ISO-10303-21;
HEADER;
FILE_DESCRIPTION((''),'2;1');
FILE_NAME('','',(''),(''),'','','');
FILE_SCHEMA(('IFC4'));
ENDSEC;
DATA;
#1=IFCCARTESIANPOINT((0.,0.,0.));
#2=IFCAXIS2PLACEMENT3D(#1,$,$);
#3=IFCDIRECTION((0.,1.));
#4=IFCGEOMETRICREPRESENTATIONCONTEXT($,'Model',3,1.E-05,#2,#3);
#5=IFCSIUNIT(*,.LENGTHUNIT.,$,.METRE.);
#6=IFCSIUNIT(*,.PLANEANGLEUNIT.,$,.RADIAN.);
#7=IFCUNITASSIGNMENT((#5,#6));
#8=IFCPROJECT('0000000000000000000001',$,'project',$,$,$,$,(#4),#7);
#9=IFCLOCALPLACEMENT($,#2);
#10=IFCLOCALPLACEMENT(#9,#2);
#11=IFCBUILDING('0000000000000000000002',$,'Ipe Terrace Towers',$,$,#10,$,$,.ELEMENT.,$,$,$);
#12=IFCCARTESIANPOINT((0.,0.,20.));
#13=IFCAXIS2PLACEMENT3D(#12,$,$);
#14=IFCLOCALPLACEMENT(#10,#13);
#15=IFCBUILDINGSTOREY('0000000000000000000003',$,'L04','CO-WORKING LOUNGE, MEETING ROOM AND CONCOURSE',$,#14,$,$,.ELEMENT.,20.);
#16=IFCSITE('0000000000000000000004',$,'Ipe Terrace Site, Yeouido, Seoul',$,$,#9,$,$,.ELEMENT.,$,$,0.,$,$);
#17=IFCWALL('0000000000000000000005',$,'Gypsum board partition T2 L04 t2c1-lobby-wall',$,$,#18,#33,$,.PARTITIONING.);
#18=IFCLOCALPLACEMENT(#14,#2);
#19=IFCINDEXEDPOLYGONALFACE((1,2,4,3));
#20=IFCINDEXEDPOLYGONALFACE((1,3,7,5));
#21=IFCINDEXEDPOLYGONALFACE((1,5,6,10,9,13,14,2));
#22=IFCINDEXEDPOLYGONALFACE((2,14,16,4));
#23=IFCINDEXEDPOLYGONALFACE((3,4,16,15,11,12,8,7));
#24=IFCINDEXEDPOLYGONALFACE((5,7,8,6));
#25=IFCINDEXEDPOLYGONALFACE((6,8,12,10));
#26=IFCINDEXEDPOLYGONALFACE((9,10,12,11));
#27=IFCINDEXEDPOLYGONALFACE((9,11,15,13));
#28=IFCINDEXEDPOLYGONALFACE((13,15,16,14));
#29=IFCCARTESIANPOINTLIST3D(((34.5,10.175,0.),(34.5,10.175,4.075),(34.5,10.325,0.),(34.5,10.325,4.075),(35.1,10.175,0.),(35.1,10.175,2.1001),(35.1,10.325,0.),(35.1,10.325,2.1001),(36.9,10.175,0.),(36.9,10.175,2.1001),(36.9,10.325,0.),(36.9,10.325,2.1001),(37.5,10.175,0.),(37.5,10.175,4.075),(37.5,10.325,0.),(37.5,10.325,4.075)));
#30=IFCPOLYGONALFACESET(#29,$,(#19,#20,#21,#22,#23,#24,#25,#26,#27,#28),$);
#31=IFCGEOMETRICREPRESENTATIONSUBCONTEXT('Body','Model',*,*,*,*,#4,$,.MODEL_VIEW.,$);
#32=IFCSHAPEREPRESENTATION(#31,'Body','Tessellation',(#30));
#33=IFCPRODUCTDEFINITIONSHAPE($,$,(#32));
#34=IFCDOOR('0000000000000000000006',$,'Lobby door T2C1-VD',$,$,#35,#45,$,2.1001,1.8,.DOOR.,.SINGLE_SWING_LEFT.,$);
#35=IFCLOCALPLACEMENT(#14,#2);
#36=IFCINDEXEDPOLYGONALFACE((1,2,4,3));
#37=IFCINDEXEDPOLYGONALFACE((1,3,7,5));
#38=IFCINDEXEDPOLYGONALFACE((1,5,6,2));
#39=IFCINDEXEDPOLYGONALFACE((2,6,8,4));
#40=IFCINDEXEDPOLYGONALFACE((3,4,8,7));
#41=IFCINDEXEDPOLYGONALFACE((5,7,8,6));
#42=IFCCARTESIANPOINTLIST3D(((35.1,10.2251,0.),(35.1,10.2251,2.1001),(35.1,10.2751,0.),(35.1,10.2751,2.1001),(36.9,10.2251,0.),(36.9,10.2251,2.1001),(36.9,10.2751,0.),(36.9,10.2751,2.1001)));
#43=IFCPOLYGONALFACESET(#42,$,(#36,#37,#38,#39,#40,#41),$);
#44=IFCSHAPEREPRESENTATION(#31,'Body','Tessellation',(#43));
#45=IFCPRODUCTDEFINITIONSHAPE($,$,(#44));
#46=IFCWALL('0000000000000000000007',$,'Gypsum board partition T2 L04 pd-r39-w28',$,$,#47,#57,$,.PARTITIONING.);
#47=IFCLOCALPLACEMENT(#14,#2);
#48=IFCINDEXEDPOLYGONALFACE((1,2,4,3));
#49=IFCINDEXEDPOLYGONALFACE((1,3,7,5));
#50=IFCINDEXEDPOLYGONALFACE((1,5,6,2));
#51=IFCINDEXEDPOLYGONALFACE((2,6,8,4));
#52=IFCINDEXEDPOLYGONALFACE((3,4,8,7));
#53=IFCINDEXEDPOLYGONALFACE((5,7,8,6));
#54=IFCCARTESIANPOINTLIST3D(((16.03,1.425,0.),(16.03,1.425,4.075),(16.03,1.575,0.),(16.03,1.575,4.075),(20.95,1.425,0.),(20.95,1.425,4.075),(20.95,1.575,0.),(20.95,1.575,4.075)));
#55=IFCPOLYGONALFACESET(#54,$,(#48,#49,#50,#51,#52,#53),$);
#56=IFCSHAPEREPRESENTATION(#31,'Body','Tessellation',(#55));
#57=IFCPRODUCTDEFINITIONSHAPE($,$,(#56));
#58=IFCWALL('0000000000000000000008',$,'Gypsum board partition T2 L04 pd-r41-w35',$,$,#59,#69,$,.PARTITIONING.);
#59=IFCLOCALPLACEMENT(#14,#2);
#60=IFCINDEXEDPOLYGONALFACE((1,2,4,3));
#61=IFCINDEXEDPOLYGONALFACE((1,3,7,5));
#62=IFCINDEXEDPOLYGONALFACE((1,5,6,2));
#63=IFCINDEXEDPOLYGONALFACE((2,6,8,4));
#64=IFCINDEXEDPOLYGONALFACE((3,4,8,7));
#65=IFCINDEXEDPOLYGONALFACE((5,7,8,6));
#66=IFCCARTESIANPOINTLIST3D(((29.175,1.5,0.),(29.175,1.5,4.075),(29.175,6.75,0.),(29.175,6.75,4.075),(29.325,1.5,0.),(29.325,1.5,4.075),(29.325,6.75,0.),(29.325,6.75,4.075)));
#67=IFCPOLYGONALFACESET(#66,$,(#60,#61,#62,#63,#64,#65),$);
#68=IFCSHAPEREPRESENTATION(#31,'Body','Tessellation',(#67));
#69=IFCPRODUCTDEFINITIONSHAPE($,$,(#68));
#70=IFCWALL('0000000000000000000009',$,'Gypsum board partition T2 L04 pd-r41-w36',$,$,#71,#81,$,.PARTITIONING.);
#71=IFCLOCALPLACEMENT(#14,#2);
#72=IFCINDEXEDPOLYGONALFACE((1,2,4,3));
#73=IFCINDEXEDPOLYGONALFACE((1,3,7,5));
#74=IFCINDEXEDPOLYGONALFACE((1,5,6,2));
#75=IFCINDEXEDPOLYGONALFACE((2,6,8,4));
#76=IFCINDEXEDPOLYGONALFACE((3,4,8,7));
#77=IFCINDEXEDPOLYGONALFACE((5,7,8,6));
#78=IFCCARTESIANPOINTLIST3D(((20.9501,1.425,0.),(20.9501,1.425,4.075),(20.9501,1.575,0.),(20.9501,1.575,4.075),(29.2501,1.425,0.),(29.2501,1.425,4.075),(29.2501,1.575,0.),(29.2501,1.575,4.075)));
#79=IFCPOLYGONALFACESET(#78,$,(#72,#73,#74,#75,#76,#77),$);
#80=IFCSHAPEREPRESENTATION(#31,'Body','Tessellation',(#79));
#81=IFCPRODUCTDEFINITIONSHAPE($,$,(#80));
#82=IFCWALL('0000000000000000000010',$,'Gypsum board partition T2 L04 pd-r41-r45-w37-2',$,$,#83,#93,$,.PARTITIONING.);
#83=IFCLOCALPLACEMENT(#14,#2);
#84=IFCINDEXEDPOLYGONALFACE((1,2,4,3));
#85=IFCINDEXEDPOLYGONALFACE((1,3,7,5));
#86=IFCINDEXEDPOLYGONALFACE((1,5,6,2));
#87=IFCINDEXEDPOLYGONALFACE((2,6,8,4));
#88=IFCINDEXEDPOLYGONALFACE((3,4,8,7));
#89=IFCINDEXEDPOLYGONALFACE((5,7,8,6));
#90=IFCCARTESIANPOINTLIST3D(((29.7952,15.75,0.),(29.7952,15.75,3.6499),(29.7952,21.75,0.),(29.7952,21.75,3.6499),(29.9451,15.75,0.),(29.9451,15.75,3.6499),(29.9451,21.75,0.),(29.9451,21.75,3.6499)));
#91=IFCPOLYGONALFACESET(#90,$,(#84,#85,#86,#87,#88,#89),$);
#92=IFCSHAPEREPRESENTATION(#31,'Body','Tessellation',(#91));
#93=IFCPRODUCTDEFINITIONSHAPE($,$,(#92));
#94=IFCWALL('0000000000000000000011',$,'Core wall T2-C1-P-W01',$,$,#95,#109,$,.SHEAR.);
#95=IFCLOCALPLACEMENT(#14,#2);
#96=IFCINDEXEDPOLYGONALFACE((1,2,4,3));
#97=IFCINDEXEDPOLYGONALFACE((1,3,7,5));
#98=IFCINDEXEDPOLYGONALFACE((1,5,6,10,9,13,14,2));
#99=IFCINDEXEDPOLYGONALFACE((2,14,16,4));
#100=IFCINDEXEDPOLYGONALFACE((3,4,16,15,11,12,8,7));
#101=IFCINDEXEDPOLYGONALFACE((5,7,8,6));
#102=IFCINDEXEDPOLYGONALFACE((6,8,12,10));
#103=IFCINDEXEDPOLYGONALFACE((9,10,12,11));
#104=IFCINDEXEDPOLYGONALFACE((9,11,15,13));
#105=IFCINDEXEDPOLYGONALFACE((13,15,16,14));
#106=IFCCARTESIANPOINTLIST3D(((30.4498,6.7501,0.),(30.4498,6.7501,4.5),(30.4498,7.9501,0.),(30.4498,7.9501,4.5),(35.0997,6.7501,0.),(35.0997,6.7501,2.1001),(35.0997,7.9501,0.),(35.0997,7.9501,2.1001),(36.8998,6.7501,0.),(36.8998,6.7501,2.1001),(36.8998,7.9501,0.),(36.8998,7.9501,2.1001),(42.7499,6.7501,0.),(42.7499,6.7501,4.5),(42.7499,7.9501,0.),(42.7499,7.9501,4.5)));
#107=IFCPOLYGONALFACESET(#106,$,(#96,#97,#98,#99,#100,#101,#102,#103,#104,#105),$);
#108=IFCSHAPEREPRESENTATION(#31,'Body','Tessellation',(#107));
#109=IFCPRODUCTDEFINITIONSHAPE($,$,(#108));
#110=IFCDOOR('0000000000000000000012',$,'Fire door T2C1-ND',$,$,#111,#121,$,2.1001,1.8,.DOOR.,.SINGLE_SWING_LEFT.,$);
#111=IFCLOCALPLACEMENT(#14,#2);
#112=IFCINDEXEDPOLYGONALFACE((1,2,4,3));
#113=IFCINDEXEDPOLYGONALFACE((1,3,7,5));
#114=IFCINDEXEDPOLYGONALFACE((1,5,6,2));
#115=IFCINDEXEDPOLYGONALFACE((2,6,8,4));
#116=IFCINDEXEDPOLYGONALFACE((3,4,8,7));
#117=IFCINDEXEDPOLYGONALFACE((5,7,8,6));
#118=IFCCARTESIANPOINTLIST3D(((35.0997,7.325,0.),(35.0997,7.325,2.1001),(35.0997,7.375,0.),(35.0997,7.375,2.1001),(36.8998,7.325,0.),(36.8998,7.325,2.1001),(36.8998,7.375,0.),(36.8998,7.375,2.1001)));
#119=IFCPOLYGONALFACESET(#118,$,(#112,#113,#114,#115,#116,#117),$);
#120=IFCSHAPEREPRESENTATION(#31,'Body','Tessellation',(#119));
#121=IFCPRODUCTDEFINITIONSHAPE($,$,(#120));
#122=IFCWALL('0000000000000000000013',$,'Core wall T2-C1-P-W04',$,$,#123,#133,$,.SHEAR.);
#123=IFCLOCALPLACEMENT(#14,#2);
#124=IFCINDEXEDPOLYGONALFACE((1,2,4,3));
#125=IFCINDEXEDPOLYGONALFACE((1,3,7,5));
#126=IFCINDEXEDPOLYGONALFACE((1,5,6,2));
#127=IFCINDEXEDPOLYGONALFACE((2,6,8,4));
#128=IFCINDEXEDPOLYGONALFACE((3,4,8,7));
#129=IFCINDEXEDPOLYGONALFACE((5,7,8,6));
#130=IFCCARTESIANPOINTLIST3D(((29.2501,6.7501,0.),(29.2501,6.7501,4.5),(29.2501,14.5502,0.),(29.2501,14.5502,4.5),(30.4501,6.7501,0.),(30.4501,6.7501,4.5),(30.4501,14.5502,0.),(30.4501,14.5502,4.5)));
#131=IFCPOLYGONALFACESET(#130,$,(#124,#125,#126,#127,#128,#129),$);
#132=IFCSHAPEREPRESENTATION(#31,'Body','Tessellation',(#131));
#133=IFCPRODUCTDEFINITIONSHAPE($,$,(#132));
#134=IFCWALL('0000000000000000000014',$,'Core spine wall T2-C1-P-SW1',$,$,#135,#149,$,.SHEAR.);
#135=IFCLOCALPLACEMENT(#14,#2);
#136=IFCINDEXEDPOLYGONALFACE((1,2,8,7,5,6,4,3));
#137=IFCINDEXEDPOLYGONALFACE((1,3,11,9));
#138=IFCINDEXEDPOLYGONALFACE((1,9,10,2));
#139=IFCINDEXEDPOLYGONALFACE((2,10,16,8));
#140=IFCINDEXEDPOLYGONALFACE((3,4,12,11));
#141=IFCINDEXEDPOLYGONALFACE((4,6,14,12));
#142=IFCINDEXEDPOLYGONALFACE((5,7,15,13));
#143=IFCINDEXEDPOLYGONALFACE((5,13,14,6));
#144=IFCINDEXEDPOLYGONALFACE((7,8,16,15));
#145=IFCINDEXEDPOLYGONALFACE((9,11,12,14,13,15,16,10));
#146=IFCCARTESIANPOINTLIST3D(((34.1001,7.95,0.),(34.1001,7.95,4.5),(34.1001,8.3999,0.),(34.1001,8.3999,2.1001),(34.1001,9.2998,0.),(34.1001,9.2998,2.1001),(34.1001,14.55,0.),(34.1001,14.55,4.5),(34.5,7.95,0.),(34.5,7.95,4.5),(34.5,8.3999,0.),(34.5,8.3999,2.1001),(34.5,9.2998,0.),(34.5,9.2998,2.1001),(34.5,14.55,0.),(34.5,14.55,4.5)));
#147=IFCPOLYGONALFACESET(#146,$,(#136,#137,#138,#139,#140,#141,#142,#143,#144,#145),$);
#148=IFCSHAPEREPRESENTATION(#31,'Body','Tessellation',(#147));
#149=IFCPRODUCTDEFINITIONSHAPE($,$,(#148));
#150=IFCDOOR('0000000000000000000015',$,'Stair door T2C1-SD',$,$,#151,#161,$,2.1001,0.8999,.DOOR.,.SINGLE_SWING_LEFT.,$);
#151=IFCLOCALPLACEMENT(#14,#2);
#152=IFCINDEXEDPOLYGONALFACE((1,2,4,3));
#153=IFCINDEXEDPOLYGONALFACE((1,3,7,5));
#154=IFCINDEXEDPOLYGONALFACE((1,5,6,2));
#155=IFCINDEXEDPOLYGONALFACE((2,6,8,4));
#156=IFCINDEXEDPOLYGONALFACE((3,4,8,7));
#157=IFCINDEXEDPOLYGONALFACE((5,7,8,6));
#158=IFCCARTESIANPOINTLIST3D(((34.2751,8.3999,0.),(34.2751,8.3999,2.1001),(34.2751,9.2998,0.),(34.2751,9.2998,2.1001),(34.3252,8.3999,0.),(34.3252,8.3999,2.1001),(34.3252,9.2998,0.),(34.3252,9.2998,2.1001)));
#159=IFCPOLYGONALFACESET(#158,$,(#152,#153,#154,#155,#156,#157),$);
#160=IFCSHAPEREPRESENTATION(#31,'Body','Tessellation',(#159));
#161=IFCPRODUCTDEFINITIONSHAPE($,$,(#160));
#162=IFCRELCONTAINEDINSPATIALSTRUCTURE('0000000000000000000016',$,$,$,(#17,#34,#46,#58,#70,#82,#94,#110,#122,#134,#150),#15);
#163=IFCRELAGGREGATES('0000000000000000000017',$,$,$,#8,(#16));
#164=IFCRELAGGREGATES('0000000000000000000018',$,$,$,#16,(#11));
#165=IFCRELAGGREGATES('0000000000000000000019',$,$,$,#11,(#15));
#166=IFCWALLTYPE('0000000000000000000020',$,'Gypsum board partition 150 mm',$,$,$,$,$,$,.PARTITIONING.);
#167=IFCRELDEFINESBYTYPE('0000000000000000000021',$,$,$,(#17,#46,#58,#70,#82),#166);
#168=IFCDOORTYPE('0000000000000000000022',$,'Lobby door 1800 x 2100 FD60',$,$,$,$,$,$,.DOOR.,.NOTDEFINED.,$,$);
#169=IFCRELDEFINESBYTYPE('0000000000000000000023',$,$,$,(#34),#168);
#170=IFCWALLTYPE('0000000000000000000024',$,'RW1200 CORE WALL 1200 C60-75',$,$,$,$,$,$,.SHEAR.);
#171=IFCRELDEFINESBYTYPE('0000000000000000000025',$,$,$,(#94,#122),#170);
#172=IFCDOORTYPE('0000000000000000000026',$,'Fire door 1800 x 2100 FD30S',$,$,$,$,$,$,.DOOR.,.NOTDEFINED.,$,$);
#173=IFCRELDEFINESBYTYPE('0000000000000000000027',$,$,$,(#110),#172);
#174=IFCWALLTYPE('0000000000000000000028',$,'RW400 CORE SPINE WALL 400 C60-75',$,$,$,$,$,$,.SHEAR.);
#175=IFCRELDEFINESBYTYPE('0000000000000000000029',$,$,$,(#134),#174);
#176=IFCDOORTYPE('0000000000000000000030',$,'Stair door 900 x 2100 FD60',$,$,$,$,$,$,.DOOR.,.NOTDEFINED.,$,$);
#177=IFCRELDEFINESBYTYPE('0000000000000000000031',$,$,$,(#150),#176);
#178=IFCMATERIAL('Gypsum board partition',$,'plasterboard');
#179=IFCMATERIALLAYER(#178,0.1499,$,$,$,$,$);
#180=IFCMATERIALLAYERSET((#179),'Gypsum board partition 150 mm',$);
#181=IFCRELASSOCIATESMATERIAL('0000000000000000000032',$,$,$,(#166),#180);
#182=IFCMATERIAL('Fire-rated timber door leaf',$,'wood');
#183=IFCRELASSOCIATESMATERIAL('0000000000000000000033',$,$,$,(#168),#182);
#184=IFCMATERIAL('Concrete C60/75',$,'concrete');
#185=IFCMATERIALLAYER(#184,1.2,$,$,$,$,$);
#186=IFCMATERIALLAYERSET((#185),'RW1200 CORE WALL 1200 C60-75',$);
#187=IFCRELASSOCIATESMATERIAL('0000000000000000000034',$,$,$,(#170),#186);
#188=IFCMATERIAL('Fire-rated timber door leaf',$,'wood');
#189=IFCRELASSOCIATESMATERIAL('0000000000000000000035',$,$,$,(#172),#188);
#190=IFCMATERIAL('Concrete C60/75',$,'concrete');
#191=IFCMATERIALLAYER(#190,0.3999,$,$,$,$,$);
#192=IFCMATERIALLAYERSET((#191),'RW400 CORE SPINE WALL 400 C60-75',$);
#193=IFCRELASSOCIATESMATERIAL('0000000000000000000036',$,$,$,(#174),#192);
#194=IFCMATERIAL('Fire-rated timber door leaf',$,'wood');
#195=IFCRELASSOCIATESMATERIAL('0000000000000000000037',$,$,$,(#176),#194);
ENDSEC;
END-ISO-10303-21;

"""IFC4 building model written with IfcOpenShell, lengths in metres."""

from ifc_helpers import new_model, si_unit, direction, frame, frame_2d, origin, place, context, subcontext, project, spatial, rectangle, extrude, material, layer, layer_set, type_object, element, fill, save


model = new_model("IFC4")

# Units and contexts
model_context = context("Model", 3, precision=1e-05, world=origin(), true_north=direction((0.0, 1.0)))
body_context = subcontext(model_context, "Body", "Model", "MODEL_VIEW")
ifc_project = project(units=[si_unit("LENGTHUNIT", "METRE"), si_unit("PLANEANGLEUNIT", "RADIAN")], contexts=[model_context])

# Site, building, storey
site_placement = place(None, origin())
site = spatial("IfcSite", under=ifc_project, at=site_placement, Name="Ipe Terrace Site, Yeouido, Seoul", CompositionType="ELEMENT", RefElevation=0.0)
building_placement = place(site_placement, origin())
building = spatial("IfcBuilding", under=site, at=building_placement, Name="Ipe Terrace Towers", CompositionType="ELEMENT")
storey_placement = place(building_placement, frame((0.0, 0.0, 20.0)))
storey = spatial("IfcBuildingStorey", under=building, at=storey_placement, Name="L04", Description="CO-WORKING LOUNGE, MEETING ROOM AND CONCOURSE", CompositionType="ELEMENT", Elevation=20.0)

# Wall, opening, door
ifc_material_1 = material(Name="Gypsum board partition", Category="plasterboard")
ifc_layer_1 = layer(ifc_material_1, 0.1499)
ifc_layer_set_1 = layer_set([ifc_layer_1], Name="Gypsum board partition 150 mm")
wall_type_1 = type_object("IfcWallType", Name="Gypsum board partition 150 mm", PredefinedType="PARTITIONING", material=ifc_layer_set_1)
wall_1_placement = place(storey_placement, frame((37.5, 10.25, 0.0), z_axis=(0.0, 0.0, 1.0), x_axis=(-1.0, 0.0, 0.0)))
wall_1 = element("IfcWall", 1, at=wall_1_placement, inside=storey, type_object=wall_type_1, Name="Gypsum board partition T2 L04 t2c1-lobby-wall", PredefinedType="PARTITIONING", context=body_context, shape_type="SweptSolid", body=[
    extrude(rectangle(XDim=3.0, YDim=0.1499, at=frame_2d((1.5, 0.0))), origin(), (0.0, 0.0, 1.0), 4.075),
])
opening_1_placement = place(wall_1_placement, frame((0.6001, 0.0, 0.0)))
opening_1 = element("IfcOpeningElement", 2, at=opening_1_placement, cuts=wall_1, PredefinedType="OPENING", context=body_context, shape_type="SweptSolid", body=[
    extrude(rectangle(XDim=1.8, YDim=2.1001, at=frame_2d((0.8999, 1.05))), frame((0.0, 0.085, 0.0), z_axis=(0.0, -1.0, 0.0), x_axis=(1.0, 0.0, 0.0)), (0.0, 0.0, 1.0), 0.1699),
])
ifc_material_2 = material(Name="Fire-rated timber door leaf", Category="wood")
door_type_1 = type_object("IfcDoorType", Name="Lobby door 1800 x 2100 FD60", OperationType="NOTDEFINED", PredefinedType="DOOR", material=ifc_material_2)
door_1_placement = place(opening_1_placement, origin())
door_1 = element("IfcDoor", 3, at=door_1_placement, inside=storey, type_object=door_type_1, Name="Lobby door T2C1-VD", OperationType="SINGLE_SWING_LEFT", OverallHeight=2.1001, OverallWidth=1.8, PredefinedType="DOOR", context=body_context, shape_type="SweptSolid", body=[
    extrude(rectangle(XDim=1.8, YDim=2.1001, at=frame_2d((0.8999, 1.05))), frame((0.0, 0.0249, 0.0), z_axis=(0.0, -1.0, 0.0), x_axis=(1.0, 0.0, 0.0)), (0.0, 0.0, 1.0), 0.05),
])
fill(opening_1, door_1)

# Walls
wall_2_placement = place(storey_placement, frame((20.95, 1.5, 0.0), z_axis=(0.0, 0.0, 1.0), x_axis=(-1.0, 0.0, 0.0)))
element("IfcWall", 4, at=wall_2_placement, inside=storey, type_object=wall_type_1, Name="Gypsum board partition T2 L04 pd-r39-w28", PredefinedType="PARTITIONING", context=body_context, shape_type="SweptSolid", body=[
    extrude(rectangle(XDim=4.9199, YDim=0.1499, at=frame_2d((2.46, 0.0))), origin(), (0.0, 0.0, 1.0), 4.075),
])
wall_3_placement = place(storey_placement, frame((29.25, 6.75, 0.0), z_axis=(0.0, 0.0, 1.0), x_axis=(0.0, -1.0, 0.0)))
element("IfcWall", 5, at=wall_3_placement, inside=storey, type_object=wall_type_1, Name="Gypsum board partition T2 L04 pd-r41-w35", PredefinedType="PARTITIONING", context=body_context, shape_type="SweptSolid", body=[
    extrude(rectangle(XDim=5.25, YDim=0.1499, at=frame_2d((2.625, 0.0))), origin(), (0.0, 0.0, 1.0), 4.075),
])
wall_4_placement = place(storey_placement, frame((29.25, 1.5, 0.0), z_axis=(0.0, 0.0, 1.0), x_axis=(-1.0, 0.0, 0.0)))
element("IfcWall", 6, at=wall_4_placement, inside=storey, type_object=wall_type_1, Name="Gypsum board partition T2 L04 pd-r41-w36", PredefinedType="PARTITIONING", context=body_context, shape_type="SweptSolid", body=[
    extrude(rectangle(XDim=8.3, YDim=0.1499, at=frame_2d((4.1499, 0.0))), origin(), (0.0, 0.0, 1.0), 4.075),
])
wall_5_placement = place(storey_placement, frame((29.8701, 21.75, 0.0), z_axis=(0.0, 0.0, 1.0), x_axis=(0.0, -1.0, 0.0)))
element("IfcWall", 7, at=wall_5_placement, inside=storey, type_object=wall_type_1, Name="Gypsum board partition T2 L04 pd-r41-r45-w37-2", PredefinedType="PARTITIONING", context=body_context, shape_type="SweptSolid", body=[
    extrude(rectangle(XDim=6.0, YDim=0.1499, at=frame_2d((3.0, 0.0))), origin(), (0.0, 0.0, 1.0), 3.6499),
])

# Wall, opening, door
ifc_material_3 = material(Name="Concrete C60/75", Category="concrete")
ifc_layer_2 = layer(ifc_material_3, 1.2)
ifc_layer_set_2 = layer_set([ifc_layer_2], Name="RW1200 CORE WALL 1200 C60-75")
wall_type_2 = type_object("IfcWallType", Name="RW1200 CORE WALL 1200 C60-75", PredefinedType="SHEAR", material=ifc_layer_set_2)
wall_6_placement = place(storey_placement, frame((30.45, 7.3501, 0.0), z_axis=(0.0, 0.0, 1.0), x_axis=(1.0, 0.0, 0.0)))
wall_6 = element("IfcWall", 8, at=wall_6_placement, inside=storey, type_object=wall_type_2, Name="Core wall T2-C1-P-W01", PredefinedType="SHEAR", context=body_context, shape_type="SweptSolid", body=[
    extrude(rectangle(XDim=12.3, YDim=1.2, at=frame_2d((6.1499, 0.0))), origin(), (0.0, 0.0, 1.0), 4.5),
])
opening_2_placement = place(wall_6_placement, frame((4.6499, 0.0, 0.0)))
opening_2 = element("IfcOpeningElement", 9, at=opening_2_placement, cuts=wall_6, PredefinedType="OPENING", context=body_context, shape_type="SweptSolid", body=[
    extrude(rectangle(XDim=1.8, YDim=2.1001, at=frame_2d((0.8999, 1.05))), frame((0.0, 0.6099, 0.0), z_axis=(0.0, -1.0, 0.0), x_axis=(1.0, 0.0, 0.0)), (0.0, 0.0, 1.0), 1.22),
])
ifc_material_4 = material(Name="Fire-rated timber door leaf", Category="wood")
door_type_2 = type_object("IfcDoorType", Name="Fire door 1800 x 2100 FD30S", OperationType="NOTDEFINED", PredefinedType="DOOR", material=ifc_material_4)
door_2_placement = place(opening_2_placement, origin())
door_2 = element("IfcDoor", 10, at=door_2_placement, inside=storey, type_object=door_type_2, Name="Fire door T2C1-ND", OperationType="SINGLE_SWING_LEFT", OverallHeight=2.1001, OverallWidth=1.8, PredefinedType="DOOR", context=body_context, shape_type="SweptSolid", body=[
    extrude(rectangle(XDim=1.8, YDim=2.1001, at=frame_2d((0.8999, 1.05))), frame((0.0, 0.0249, 0.0), z_axis=(0.0, -1.0, 0.0), x_axis=(1.0, 0.0, 0.0)), (0.0, 0.0, 1.0), 0.05),
])
fill(opening_2, door_2)

# Wall
wall_7_placement = place(storey_placement, frame((29.8501, 14.55, 0.0), z_axis=(0.0, 0.0, 1.0), x_axis=(0.0, -1.0, 0.0)))
element("IfcWall", 11, at=wall_7_placement, inside=storey, type_object=wall_type_2, Name="Core wall T2-C1-P-W04", PredefinedType="SHEAR", context=body_context, shape_type="SweptSolid", body=[
    extrude(rectangle(XDim=7.8, YDim=1.2, at=frame_2d((3.8999, 0.0))), origin(), (0.0, 0.0, 1.0), 4.5),
])

# Wall, opening, door
ifc_material_5 = material(Name="Concrete C60/75", Category="concrete")
ifc_layer_3 = layer(ifc_material_5, 0.3999)
ifc_layer_set_3 = layer_set([ifc_layer_3], Name="RW400 CORE SPINE WALL 400 C60-75")
wall_type_3 = type_object("IfcWallType", Name="RW400 CORE SPINE WALL 400 C60-75", PredefinedType="SHEAR", material=ifc_layer_set_3)
wall_8_placement = place(storey_placement, frame((34.3, 7.95, 0.0), z_axis=(0.0, 0.0, 1.0), x_axis=(0.0, 1.0, 0.0)))
wall_8 = element("IfcWall", 12, at=wall_8_placement, inside=storey, type_object=wall_type_3, Name="Core spine wall T2-C1-P-SW1", PredefinedType="SHEAR", context=body_context, shape_type="SweptSolid", body=[
    extrude(rectangle(XDim=6.6001, YDim=0.3999, at=frame_2d((3.3, 0.0))), origin(), (0.0, 0.0, 1.0), 4.5),
])
opening_3_placement = place(wall_8_placement, frame((0.45, 0.0, 0.0)))
opening_3 = element("IfcOpeningElement", 13, at=opening_3_placement, cuts=wall_8, PredefinedType="OPENING", context=body_context, shape_type="SweptSolid", body=[
    extrude(rectangle(XDim=0.8999, YDim=2.1001, at=frame_2d((0.45, 1.05))), frame((0.0, 0.21, 0.0), z_axis=(0.0, -1.0, 0.0), x_axis=(1.0, 0.0, 0.0)), (0.0, 0.0, 1.0), 0.4199),
])
ifc_material_6 = material(Name="Fire-rated timber door leaf", Category="wood")
door_type_3 = type_object("IfcDoorType", Name="Stair door 900 x 2100 FD60", OperationType="NOTDEFINED", PredefinedType="DOOR", material=ifc_material_6)
door_3_placement = place(opening_3_placement, origin())
door_3 = element("IfcDoor", 14, at=door_3_placement, inside=storey, type_object=door_type_3, Name="Stair door T2C1-SD", OperationType="SINGLE_SWING_LEFT", OverallHeight=2.1001, OverallWidth=0.8999, PredefinedType="DOOR", context=body_context, shape_type="SweptSolid", body=[
    extrude(rectangle(XDim=0.8999, YDim=2.1001, at=frame_2d((0.45, 1.05))), frame((0.0, 0.0249, 0.0), z_axis=(0.0, -1.0, 0.0), x_axis=(1.0, 0.0, 0.0)), (0.0, 0.0, 1.0), 0.05),
])
fill(opening_3, door_3)

save(model, "model.ifc")
